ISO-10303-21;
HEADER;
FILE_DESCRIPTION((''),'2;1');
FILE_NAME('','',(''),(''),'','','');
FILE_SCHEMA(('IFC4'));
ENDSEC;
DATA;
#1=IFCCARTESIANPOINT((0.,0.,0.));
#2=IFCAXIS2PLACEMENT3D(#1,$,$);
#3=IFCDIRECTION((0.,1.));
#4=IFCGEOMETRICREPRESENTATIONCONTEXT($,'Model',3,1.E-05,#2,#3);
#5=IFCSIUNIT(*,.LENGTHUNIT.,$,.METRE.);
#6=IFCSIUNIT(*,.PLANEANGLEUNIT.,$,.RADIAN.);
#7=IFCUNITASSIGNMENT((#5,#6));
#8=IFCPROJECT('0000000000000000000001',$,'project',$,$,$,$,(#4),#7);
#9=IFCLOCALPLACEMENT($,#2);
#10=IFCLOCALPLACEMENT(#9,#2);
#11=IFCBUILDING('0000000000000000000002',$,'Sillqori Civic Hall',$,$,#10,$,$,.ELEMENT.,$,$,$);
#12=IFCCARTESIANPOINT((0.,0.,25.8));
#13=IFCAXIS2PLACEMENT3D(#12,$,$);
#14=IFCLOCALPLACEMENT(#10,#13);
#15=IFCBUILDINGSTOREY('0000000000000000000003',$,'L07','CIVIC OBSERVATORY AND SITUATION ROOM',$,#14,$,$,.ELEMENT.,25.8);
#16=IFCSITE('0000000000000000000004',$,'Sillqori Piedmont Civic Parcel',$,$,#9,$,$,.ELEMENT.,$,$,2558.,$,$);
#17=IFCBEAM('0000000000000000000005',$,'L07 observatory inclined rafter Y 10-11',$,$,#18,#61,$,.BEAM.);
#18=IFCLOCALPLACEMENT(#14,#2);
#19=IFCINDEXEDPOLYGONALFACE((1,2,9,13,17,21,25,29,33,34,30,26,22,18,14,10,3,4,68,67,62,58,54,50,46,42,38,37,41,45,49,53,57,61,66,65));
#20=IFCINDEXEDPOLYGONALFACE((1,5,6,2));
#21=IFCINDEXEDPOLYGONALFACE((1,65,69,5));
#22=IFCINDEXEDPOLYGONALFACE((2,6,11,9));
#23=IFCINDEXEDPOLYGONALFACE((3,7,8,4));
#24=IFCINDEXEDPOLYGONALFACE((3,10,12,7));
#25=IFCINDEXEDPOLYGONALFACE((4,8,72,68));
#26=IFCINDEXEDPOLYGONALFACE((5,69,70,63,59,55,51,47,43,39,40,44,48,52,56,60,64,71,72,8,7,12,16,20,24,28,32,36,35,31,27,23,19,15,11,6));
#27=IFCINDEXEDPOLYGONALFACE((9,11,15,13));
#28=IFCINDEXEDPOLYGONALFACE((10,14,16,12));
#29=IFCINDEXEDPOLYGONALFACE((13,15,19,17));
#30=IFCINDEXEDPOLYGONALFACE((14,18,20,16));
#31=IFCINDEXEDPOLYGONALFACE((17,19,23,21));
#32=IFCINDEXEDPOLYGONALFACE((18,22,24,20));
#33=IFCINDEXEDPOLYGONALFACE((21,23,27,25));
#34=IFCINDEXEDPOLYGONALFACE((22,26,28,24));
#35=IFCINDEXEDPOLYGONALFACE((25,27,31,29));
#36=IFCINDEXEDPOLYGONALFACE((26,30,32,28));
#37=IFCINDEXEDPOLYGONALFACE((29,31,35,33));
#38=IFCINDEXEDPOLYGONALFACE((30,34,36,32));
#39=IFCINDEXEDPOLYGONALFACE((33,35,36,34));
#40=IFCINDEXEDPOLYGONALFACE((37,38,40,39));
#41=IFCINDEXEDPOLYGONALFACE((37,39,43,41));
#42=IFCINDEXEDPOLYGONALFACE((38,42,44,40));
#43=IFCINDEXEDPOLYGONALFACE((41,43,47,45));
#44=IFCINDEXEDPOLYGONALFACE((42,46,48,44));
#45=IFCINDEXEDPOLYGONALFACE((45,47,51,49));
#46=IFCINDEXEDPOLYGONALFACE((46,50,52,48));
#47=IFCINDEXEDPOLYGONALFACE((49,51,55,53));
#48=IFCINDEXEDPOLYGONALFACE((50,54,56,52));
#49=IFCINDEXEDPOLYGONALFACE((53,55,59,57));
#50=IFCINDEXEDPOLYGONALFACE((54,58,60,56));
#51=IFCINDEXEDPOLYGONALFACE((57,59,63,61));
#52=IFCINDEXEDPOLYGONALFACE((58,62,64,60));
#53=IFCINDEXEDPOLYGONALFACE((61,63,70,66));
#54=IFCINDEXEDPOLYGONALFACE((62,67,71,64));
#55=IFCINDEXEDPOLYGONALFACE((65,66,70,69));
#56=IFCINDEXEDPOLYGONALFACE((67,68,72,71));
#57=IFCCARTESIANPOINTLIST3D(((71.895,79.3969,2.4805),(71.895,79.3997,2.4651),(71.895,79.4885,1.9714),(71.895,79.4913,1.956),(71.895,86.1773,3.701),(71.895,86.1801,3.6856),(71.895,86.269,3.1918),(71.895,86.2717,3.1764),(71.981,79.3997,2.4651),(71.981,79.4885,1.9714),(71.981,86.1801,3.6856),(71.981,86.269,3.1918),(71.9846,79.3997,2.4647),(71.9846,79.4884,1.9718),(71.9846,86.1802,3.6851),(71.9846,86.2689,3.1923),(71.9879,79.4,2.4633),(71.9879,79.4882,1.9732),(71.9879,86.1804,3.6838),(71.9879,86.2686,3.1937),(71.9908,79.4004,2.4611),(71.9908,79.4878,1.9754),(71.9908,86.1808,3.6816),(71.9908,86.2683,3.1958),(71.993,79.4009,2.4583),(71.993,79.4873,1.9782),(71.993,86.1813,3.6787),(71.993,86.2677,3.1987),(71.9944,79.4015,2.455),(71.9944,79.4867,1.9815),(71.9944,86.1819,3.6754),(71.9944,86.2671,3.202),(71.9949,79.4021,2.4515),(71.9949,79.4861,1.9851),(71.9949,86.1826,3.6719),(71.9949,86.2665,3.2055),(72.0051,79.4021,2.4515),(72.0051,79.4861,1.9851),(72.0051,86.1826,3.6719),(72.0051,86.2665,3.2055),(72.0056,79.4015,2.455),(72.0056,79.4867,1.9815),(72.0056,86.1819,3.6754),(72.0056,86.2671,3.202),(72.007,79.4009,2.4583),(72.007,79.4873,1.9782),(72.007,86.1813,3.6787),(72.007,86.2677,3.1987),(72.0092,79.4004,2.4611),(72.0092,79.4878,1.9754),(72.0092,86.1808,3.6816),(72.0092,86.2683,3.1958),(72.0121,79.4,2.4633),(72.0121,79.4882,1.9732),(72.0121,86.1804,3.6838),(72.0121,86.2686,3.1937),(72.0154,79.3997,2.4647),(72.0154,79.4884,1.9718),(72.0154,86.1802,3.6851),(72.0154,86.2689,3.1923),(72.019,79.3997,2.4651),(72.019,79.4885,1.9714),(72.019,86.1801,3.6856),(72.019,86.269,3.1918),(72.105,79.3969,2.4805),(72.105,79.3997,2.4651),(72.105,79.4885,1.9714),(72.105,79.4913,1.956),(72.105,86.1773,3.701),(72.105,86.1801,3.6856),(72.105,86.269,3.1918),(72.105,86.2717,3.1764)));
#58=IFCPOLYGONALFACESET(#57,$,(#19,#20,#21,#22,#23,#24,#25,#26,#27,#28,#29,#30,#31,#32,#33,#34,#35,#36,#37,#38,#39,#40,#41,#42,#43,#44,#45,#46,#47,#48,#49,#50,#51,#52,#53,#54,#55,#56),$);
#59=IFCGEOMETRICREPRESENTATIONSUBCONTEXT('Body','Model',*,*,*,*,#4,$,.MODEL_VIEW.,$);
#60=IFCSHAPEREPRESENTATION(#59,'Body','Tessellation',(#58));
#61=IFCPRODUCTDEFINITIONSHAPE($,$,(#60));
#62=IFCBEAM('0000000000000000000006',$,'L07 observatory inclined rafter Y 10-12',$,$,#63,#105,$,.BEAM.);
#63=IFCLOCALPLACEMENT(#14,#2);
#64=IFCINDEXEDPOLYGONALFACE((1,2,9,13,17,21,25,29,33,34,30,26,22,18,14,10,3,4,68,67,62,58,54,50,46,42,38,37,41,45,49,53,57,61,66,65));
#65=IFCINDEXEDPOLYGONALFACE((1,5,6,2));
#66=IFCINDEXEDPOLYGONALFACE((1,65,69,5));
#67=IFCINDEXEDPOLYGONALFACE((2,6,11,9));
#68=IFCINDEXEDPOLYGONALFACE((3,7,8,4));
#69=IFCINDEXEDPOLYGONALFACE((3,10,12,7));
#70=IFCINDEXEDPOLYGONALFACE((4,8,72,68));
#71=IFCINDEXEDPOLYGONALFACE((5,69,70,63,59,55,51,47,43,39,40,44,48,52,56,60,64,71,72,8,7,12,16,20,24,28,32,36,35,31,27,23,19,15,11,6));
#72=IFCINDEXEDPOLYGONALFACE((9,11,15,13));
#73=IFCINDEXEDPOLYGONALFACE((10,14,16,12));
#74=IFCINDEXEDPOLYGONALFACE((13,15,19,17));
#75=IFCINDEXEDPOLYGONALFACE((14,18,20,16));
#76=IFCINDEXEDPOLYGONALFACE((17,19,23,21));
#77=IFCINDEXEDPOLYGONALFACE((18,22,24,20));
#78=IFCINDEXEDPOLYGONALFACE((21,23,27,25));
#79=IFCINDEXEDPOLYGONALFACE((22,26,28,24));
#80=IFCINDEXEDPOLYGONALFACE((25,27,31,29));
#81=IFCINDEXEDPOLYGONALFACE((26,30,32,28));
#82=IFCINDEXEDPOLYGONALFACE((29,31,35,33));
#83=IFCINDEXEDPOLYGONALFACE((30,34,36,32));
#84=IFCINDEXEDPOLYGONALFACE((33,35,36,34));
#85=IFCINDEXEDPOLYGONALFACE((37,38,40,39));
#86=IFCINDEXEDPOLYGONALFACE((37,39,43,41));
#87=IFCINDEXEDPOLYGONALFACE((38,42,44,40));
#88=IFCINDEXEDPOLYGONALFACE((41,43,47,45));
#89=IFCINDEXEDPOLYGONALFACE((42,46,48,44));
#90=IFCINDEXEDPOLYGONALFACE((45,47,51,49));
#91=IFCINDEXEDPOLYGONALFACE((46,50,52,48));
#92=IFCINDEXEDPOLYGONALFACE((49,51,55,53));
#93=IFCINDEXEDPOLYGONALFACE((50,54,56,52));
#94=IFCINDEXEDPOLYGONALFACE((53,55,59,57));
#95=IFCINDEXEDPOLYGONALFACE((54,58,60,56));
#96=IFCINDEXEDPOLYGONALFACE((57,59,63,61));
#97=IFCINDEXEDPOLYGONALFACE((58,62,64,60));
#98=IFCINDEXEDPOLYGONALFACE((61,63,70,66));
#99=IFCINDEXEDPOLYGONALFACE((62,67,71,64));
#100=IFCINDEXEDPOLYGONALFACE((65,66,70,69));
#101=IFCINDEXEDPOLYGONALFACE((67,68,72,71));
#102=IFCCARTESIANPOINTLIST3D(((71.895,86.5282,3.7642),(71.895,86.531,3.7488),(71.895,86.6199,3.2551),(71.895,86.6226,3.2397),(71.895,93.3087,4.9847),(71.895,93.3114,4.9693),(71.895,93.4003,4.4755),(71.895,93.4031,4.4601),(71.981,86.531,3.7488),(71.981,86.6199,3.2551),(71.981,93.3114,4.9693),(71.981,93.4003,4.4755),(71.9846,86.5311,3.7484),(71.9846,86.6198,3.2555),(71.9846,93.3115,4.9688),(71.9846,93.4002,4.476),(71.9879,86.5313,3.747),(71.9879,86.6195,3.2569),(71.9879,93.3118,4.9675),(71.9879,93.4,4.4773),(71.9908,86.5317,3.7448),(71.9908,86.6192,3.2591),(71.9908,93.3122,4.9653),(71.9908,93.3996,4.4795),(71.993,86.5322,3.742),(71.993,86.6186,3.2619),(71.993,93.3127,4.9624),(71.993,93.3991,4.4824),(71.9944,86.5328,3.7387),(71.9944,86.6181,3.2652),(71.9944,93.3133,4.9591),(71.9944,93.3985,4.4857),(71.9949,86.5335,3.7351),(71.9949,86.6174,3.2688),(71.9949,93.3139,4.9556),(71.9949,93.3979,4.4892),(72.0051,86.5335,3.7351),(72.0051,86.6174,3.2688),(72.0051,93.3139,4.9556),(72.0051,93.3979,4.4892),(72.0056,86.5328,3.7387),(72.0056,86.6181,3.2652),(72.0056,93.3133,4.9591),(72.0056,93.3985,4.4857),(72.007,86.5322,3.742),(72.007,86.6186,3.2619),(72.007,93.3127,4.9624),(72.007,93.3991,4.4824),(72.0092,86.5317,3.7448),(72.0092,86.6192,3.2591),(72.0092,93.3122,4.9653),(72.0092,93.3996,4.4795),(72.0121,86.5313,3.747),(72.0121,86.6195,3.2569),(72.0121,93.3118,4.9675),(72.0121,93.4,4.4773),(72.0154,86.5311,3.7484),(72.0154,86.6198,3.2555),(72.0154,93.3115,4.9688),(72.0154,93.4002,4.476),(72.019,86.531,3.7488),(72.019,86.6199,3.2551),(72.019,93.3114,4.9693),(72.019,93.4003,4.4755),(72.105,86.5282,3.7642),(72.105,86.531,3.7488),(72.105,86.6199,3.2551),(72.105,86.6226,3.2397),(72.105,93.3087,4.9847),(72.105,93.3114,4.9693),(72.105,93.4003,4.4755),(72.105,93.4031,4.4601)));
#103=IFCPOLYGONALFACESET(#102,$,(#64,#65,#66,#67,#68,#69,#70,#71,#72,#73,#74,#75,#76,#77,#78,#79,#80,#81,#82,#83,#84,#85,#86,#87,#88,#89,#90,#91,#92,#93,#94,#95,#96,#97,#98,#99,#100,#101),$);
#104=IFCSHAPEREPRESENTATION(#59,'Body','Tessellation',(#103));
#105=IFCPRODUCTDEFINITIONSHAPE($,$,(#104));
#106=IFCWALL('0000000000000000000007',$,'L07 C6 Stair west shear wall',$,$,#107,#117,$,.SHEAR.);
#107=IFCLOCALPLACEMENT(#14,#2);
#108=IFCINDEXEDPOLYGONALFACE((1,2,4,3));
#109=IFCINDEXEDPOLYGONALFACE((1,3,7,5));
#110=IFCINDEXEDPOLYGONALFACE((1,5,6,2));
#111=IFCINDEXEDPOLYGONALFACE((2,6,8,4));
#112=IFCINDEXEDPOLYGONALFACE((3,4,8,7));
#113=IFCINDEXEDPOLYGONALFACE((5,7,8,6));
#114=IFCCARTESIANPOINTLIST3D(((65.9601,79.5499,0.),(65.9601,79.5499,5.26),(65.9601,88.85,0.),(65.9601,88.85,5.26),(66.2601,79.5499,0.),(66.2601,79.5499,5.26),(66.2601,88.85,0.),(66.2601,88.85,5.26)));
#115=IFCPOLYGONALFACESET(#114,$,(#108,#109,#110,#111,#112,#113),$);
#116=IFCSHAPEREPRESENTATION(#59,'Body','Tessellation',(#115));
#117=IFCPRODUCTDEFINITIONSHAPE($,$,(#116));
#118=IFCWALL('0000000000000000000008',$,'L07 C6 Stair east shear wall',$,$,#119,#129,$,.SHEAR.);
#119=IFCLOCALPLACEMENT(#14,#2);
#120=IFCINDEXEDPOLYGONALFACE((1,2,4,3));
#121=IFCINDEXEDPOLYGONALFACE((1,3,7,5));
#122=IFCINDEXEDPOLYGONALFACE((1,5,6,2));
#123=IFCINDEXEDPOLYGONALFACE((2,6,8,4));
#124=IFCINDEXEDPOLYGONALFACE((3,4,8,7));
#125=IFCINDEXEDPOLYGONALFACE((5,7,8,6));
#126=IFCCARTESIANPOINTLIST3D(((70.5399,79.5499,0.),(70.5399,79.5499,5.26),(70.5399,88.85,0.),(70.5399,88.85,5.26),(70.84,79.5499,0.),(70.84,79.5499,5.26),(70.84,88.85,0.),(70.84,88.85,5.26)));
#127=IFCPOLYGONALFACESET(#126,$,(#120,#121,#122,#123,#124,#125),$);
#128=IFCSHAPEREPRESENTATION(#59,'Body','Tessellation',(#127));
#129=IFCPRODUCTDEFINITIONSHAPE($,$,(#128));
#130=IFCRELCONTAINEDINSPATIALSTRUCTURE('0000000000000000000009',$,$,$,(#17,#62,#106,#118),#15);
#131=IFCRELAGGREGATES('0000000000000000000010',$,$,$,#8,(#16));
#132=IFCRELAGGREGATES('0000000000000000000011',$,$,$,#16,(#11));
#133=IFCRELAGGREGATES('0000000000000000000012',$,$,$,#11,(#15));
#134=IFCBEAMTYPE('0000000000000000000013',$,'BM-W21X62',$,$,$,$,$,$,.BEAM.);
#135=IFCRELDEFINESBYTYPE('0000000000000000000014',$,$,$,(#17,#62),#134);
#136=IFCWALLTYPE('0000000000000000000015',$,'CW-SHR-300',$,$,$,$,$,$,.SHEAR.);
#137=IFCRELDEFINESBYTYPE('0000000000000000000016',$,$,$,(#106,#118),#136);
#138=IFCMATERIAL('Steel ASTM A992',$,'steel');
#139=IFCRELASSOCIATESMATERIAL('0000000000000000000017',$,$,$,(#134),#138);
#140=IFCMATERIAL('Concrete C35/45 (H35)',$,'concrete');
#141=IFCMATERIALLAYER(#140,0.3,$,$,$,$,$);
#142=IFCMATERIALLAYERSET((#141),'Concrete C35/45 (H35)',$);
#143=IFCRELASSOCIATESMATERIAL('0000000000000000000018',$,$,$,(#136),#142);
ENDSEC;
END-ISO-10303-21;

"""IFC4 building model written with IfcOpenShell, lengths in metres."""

from ifc_helpers import new_model, si_unit, direction, frame, frame_2d, origin, origin_2d, place, context, subcontext, project, spatial, rectangle, i_section, extrude, material, layer, layer_set, material_profile, profile_set, type_object, element, save


model = new_model("IFC4")

# Units and contexts
model_context = context("Model", 3, precision=1e-05, world=origin(), true_north=direction((0.0, 1.0)))
body_context = subcontext(model_context, "Body", "Model", "MODEL_VIEW")
ifc_project = project(units=[si_unit("LENGTHUNIT", "METRE"), si_unit("PLANEANGLEUNIT", "RADIAN")], contexts=[model_context])

# Site, building, storey
site_placement = place(None, origin())
site = spatial("IfcSite", under=ifc_project, at=site_placement, Name="Sillqori Piedmont Civic Parcel", CompositionType="ELEMENT", RefElevation=2558.0)
building_placement = place(site_placement, origin())
building = spatial("IfcBuilding", under=site, at=building_placement, Name="Sillqori Civic Hall", CompositionType="ELEMENT")
storey_placement = place(building_placement, frame((0.0, 0.0, 25.8)))
storey = spatial("IfcBuildingStorey", under=building, at=storey_placement, Name="L07", Description="CIVIC OBSERVATORY AND SITUATION ROOM", CompositionType="ELEMENT", Elevation=25.8)

# Shared definitions
ifc_material_1 = material(Name="Concrete C35/45 (H35)", Category="concrete")
ifc_material_2 = material(Name="Steel ASTM A992", Category="steel")

# Beams
ifc_material_profile_1 = material_profile(ifc_material_2, i_section(OverallWidth=0.21, OverallDepth=0.533, WebThickness=0.0103, FlangeThickness=0.0156, FilletRadius=0.0139, at=origin_2d()), Name="W21X62")
ifc_profile_set_1 = profile_set([ifc_material_profile_1], Name="Steel ASTM A992")
beam_type = type_object("IfcBeamType", Name="BM-W21X62", PredefinedType="BEAM", material=ifc_profile_set_1)
for number, where, z_axis, x_axis, name in (
    (1, (72.0, 79.4441, 2.2183), (0.0, 0.984184, 0.177148), (-1.0, 0.0, 0.0), "L07 observatory inclined rafter Y 10-11"),
    (2, (72.0, 86.5754, 3.502), (0.0, 0.984184, 0.177148), (-1.0, 0.0, 0.0), "L07 observatory inclined rafter Y 10-12"),
):
    element("IfcBeam", number, at=place(storey_placement, frame(where, z_axis=z_axis, x_axis=x_axis)), inside=storey, type_object=beam_type, Name=name, PredefinedType="BEAM", context=body_context, shape_type="SweptSolid", body=[
        extrude(i_section(OverallWidth=0.21, OverallDepth=0.533, WebThickness=0.0103, FlangeThickness=0.0156, FilletRadius=0.0139, at=origin_2d()), origin(), (0.0, 0.0, 1.0), 6.8894),
    ])

# Walls
ifc_layer_1 = layer(ifc_material_1, 0.3)
ifc_layer_set_1 = layer_set([ifc_layer_1], Name="Concrete C35/45 (H35)")
wall_type_1 = type_object("IfcWallType", Name="CW-SHR-300", PredefinedType="SHEAR", material=ifc_layer_set_1)
for number, where, z_axis, x_axis, name in (
    (3, (66.1101, 79.55, 0.0), (0.0, 0.0, 1.0), (0.0, 1.0, 0.0), "L07 C6 Stair west shear wall"),
    (4, (70.6899, 79.55, 0.0), (0.0, 0.0, 1.0), (0.0, 1.0, 0.0), "L07 C6 Stair east shear wall"),
):
    element("IfcWall", number, at=place(storey_placement, frame(where, z_axis=z_axis, x_axis=x_axis)), inside=storey, type_object=wall_type_1, Name=name, PredefinedType="SHEAR", context=body_context, shape_type="SweptSolid", body=[
        extrude(rectangle(XDim=9.3, YDim=0.3, at=frame_2d((4.6499, 0.0))), origin(), (0.0, 0.0, 1.0), 5.26),
    ])

save(model, "model.ifc")
